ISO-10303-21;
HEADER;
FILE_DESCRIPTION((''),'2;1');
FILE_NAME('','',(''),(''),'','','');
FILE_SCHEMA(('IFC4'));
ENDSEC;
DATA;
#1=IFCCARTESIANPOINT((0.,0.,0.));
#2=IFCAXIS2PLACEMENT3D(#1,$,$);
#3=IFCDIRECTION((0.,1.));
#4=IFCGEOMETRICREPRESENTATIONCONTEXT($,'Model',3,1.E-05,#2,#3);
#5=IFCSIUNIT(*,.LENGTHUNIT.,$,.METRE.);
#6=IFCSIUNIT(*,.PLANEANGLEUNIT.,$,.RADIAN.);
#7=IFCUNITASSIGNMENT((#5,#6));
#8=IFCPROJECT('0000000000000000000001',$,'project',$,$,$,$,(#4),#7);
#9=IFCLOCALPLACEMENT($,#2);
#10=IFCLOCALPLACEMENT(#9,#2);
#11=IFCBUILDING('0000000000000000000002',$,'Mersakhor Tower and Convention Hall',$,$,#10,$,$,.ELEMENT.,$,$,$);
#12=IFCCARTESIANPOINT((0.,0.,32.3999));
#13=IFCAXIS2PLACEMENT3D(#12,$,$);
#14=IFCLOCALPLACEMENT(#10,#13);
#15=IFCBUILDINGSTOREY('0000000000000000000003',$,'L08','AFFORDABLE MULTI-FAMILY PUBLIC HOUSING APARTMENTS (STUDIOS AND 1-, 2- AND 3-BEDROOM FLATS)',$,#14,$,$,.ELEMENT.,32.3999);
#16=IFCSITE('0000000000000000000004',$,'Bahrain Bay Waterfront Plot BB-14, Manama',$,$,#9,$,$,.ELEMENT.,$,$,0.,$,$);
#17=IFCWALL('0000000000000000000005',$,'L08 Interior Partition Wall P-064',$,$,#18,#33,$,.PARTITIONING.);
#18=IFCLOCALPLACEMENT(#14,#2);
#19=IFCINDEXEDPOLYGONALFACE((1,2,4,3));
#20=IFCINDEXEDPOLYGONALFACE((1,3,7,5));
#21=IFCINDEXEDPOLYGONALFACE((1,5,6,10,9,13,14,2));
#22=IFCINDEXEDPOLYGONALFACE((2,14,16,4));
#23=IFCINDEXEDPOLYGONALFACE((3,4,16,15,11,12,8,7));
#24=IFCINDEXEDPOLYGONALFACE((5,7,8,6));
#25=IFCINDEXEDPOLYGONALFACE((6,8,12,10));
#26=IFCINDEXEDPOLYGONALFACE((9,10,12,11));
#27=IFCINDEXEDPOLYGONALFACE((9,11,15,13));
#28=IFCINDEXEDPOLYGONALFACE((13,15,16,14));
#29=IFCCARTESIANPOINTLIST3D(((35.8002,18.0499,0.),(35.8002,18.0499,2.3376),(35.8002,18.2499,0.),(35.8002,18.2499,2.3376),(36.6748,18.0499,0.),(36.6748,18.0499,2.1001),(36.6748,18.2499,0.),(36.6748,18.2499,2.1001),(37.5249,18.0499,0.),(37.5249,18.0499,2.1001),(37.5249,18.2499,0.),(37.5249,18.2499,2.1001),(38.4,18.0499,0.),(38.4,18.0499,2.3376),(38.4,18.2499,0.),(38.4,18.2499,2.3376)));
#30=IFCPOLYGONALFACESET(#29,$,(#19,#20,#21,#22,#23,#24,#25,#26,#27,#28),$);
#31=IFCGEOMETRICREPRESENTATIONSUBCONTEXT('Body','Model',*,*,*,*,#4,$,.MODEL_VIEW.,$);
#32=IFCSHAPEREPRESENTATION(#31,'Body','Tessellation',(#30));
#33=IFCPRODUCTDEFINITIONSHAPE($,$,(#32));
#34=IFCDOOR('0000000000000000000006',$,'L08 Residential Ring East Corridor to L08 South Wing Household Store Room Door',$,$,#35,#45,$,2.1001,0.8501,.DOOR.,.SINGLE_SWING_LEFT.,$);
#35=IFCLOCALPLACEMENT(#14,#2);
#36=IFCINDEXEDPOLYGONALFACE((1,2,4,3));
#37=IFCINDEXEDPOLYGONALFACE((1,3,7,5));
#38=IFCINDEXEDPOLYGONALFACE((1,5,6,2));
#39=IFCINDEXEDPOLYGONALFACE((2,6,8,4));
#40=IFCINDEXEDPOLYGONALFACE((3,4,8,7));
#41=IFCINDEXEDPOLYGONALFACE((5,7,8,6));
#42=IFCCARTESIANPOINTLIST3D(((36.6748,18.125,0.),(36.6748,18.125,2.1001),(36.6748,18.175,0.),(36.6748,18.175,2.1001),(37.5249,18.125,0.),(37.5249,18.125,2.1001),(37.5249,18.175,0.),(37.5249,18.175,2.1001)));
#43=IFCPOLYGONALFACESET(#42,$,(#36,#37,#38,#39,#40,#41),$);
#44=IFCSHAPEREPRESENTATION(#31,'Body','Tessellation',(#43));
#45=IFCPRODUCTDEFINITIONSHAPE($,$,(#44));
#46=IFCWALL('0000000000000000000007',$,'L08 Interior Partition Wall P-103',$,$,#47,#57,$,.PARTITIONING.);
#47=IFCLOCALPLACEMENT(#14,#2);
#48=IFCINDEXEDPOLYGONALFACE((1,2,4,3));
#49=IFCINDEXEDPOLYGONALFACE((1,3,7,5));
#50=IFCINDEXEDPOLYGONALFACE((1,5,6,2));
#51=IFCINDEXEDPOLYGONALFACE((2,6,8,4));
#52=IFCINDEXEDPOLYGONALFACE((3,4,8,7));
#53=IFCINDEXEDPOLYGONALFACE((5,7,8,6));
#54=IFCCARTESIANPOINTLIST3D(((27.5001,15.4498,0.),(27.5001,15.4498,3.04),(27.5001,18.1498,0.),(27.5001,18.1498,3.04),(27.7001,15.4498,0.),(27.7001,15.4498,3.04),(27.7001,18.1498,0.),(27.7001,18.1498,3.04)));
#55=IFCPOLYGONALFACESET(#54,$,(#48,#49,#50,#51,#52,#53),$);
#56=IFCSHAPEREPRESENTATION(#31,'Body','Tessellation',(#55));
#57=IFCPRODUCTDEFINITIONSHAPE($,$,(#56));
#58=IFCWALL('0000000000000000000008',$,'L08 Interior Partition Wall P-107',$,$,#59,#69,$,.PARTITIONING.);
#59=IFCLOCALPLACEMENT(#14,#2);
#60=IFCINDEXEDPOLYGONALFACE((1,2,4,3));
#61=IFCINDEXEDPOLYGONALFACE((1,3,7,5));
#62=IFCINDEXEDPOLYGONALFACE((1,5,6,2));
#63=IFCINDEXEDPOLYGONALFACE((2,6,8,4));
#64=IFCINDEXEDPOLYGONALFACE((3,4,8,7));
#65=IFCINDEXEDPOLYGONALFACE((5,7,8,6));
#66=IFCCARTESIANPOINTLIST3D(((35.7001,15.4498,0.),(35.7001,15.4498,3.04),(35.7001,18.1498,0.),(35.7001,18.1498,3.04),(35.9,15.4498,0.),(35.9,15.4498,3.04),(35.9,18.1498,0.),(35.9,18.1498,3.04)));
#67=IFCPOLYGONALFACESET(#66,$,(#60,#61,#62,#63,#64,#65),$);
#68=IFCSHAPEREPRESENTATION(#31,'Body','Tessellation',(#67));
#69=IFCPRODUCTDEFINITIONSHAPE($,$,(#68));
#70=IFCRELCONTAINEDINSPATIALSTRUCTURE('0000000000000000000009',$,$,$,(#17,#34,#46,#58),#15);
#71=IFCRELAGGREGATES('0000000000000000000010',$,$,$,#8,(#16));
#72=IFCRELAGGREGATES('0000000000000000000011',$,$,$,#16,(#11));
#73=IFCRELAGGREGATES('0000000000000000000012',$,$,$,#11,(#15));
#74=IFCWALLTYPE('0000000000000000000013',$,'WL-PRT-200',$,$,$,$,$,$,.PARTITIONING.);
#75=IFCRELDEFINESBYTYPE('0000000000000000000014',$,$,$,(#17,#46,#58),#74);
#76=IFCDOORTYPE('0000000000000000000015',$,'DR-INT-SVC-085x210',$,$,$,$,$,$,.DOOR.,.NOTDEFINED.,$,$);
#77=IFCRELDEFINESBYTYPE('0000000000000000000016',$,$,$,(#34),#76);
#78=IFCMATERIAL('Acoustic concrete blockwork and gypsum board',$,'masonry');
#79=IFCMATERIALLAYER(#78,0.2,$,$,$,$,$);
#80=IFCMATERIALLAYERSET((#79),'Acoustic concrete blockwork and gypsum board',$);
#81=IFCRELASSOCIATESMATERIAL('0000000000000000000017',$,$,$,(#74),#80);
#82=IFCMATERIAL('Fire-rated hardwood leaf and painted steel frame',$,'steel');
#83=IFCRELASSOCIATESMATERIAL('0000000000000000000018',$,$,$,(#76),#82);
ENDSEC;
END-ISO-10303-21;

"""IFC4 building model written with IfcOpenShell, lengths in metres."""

from ifc_helpers import new_model, si_unit, direction, frame, frame_2d, origin, place, context, subcontext, project, spatial, rectangle, extrude, material, layer, layer_set, type_object, element, fill, save


model = new_model("IFC4")

# Units and contexts
model_context = context("Model", 3, precision=1e-05, world=origin(), true_north=direction((0.0, 1.0)))
body_context = subcontext(model_context, "Body", "Model", "MODEL_VIEW")
ifc_project = project(units=[si_unit("LENGTHUNIT", "METRE"), si_unit("PLANEANGLEUNIT", "RADIAN")], contexts=[model_context])

# Site, building, storey
site_placement = place(None, origin())
site = spatial("IfcSite", under=ifc_project, at=site_placement, Name="Bahrain Bay Waterfront Plot BB-14, Manama", CompositionType="ELEMENT", RefElevation=0.0)
building_placement = place(site_placement, origin())
building = spatial("IfcBuilding", under=site, at=building_placement, Name="Mersakhor Tower and Convention Hall", CompositionType="ELEMENT")
storey_placement = place(building_placement, frame((0.0, 0.0, 32.3999)))
storey = spatial("IfcBuildingStorey", under=building, at=storey_placement, Name="L08", Description="AFFORDABLE MULTI-FAMILY PUBLIC HOUSING APARTMENTS (STUDIOS AND 1-, 2- AND 3-BEDROOM FLATS)", CompositionType="ELEMENT", Elevation=32.3999)

# Shared definitions
ifc_material_1 = material(Name="Acoustic concrete blockwork and gypsum board", Category="masonry")
ifc_layer_1 = layer(ifc_material_1, 0.2)
ifc_layer_set_1 = layer_set([ifc_layer_1], Name="Acoustic concrete blockwork and gypsum board")
wall_type_1 = type_object("IfcWallType", Name="WL-PRT-200", PredefinedType="PARTITIONING", material=ifc_layer_set_1)

# Wall, opening, door
wall_1_placement = place(storey_placement, frame((38.3999, 18.1499, 0.0), z_axis=(0.0, 0.0, 1.0), x_axis=(-1.0, 0.0, 0.0)))
wall_1 = element("IfcWall", 1, at=wall_1_placement, inside=storey, type_object=wall_type_1, Name="L08 Interior Partition Wall P-064", PredefinedType="PARTITIONING", context=body_context, shape_type="SweptSolid", body=[
    extrude(rectangle(XDim=2.5999, YDim=0.2, at=frame_2d((1.2998, 0.0))), origin(), (0.0, 0.0, 1.0), 2.3376),
])
opening_1_placement = place(wall_1_placement, frame((0.875, 0.0, 0.0)))
opening_1 = element("IfcOpeningElement", 2, at=opening_1_placement, cuts=wall_1, PredefinedType="OPENING", context=body_context, shape_type="SweptSolid", body=[
    extrude(rectangle(XDim=0.8501, YDim=2.1001, at=frame_2d((0.425, 1.05))), frame((0.0, 0.1099, 0.0), z_axis=(0.0, -1.0, 0.0), x_axis=(1.0, 0.0, 0.0)), (0.0, 0.0, 1.0), 0.22),
])
ifc_material_2 = material(Name="Fire-rated hardwood leaf and painted steel frame", Category="steel")
door_type_1 = type_object("IfcDoorType", Name="DR-INT-SVC-085x210", OperationType="NOTDEFINED", PredefinedType="DOOR", material=ifc_material_2)
door_1_placement = place(opening_1_placement, origin())
door_1 = element("IfcDoor", 3, at=door_1_placement, inside=storey, type_object=door_type_1, Name="L08 Residential Ring East Corridor to L08 South Wing Household Store Room Door", OperationType="SINGLE_SWING_LEFT", OverallHeight=2.1001, OverallWidth=0.8501, PredefinedType="DOOR", context=body_context, shape_type="SweptSolid", body=[
    extrude(rectangle(XDim=0.8501, YDim=2.1001, at=frame_2d((0.425, 1.05))), frame((0.0, 0.0249, 0.0), z_axis=(0.0, -1.0, 0.0), x_axis=(1.0, 0.0, 0.0)), (0.0, 0.0, 1.0), 0.05),
])
fill(opening_1, door_1)

# Walls
for number, where, z_axis, x_axis, name in (
    (4, (27.6001, 18.1499, 0.0), (0.0, 0.0, 1.0), (0.0, -1.0, 0.0), "L08 Interior Partition Wall P-103"),
    (5, (35.8, 18.1499, 0.0), (0.0, 0.0, 1.0), (0.0, -1.0, 0.0), "L08 Interior Partition Wall P-107"),
):
    element("IfcWall", number, at=place(storey_placement, frame(where, z_axis=z_axis, x_axis=x_axis)), inside=storey, type_object=wall_type_1, Name=name, PredefinedType="PARTITIONING", context=body_context, shape_type="SweptSolid", body=[
        extrude(rectangle(XDim=2.7, YDim=0.2, at=frame_2d((1.3501, 0.0))), origin(), (0.0, 0.0, 1.0), 3.04),
    ])

save(model, "model.ifc")
